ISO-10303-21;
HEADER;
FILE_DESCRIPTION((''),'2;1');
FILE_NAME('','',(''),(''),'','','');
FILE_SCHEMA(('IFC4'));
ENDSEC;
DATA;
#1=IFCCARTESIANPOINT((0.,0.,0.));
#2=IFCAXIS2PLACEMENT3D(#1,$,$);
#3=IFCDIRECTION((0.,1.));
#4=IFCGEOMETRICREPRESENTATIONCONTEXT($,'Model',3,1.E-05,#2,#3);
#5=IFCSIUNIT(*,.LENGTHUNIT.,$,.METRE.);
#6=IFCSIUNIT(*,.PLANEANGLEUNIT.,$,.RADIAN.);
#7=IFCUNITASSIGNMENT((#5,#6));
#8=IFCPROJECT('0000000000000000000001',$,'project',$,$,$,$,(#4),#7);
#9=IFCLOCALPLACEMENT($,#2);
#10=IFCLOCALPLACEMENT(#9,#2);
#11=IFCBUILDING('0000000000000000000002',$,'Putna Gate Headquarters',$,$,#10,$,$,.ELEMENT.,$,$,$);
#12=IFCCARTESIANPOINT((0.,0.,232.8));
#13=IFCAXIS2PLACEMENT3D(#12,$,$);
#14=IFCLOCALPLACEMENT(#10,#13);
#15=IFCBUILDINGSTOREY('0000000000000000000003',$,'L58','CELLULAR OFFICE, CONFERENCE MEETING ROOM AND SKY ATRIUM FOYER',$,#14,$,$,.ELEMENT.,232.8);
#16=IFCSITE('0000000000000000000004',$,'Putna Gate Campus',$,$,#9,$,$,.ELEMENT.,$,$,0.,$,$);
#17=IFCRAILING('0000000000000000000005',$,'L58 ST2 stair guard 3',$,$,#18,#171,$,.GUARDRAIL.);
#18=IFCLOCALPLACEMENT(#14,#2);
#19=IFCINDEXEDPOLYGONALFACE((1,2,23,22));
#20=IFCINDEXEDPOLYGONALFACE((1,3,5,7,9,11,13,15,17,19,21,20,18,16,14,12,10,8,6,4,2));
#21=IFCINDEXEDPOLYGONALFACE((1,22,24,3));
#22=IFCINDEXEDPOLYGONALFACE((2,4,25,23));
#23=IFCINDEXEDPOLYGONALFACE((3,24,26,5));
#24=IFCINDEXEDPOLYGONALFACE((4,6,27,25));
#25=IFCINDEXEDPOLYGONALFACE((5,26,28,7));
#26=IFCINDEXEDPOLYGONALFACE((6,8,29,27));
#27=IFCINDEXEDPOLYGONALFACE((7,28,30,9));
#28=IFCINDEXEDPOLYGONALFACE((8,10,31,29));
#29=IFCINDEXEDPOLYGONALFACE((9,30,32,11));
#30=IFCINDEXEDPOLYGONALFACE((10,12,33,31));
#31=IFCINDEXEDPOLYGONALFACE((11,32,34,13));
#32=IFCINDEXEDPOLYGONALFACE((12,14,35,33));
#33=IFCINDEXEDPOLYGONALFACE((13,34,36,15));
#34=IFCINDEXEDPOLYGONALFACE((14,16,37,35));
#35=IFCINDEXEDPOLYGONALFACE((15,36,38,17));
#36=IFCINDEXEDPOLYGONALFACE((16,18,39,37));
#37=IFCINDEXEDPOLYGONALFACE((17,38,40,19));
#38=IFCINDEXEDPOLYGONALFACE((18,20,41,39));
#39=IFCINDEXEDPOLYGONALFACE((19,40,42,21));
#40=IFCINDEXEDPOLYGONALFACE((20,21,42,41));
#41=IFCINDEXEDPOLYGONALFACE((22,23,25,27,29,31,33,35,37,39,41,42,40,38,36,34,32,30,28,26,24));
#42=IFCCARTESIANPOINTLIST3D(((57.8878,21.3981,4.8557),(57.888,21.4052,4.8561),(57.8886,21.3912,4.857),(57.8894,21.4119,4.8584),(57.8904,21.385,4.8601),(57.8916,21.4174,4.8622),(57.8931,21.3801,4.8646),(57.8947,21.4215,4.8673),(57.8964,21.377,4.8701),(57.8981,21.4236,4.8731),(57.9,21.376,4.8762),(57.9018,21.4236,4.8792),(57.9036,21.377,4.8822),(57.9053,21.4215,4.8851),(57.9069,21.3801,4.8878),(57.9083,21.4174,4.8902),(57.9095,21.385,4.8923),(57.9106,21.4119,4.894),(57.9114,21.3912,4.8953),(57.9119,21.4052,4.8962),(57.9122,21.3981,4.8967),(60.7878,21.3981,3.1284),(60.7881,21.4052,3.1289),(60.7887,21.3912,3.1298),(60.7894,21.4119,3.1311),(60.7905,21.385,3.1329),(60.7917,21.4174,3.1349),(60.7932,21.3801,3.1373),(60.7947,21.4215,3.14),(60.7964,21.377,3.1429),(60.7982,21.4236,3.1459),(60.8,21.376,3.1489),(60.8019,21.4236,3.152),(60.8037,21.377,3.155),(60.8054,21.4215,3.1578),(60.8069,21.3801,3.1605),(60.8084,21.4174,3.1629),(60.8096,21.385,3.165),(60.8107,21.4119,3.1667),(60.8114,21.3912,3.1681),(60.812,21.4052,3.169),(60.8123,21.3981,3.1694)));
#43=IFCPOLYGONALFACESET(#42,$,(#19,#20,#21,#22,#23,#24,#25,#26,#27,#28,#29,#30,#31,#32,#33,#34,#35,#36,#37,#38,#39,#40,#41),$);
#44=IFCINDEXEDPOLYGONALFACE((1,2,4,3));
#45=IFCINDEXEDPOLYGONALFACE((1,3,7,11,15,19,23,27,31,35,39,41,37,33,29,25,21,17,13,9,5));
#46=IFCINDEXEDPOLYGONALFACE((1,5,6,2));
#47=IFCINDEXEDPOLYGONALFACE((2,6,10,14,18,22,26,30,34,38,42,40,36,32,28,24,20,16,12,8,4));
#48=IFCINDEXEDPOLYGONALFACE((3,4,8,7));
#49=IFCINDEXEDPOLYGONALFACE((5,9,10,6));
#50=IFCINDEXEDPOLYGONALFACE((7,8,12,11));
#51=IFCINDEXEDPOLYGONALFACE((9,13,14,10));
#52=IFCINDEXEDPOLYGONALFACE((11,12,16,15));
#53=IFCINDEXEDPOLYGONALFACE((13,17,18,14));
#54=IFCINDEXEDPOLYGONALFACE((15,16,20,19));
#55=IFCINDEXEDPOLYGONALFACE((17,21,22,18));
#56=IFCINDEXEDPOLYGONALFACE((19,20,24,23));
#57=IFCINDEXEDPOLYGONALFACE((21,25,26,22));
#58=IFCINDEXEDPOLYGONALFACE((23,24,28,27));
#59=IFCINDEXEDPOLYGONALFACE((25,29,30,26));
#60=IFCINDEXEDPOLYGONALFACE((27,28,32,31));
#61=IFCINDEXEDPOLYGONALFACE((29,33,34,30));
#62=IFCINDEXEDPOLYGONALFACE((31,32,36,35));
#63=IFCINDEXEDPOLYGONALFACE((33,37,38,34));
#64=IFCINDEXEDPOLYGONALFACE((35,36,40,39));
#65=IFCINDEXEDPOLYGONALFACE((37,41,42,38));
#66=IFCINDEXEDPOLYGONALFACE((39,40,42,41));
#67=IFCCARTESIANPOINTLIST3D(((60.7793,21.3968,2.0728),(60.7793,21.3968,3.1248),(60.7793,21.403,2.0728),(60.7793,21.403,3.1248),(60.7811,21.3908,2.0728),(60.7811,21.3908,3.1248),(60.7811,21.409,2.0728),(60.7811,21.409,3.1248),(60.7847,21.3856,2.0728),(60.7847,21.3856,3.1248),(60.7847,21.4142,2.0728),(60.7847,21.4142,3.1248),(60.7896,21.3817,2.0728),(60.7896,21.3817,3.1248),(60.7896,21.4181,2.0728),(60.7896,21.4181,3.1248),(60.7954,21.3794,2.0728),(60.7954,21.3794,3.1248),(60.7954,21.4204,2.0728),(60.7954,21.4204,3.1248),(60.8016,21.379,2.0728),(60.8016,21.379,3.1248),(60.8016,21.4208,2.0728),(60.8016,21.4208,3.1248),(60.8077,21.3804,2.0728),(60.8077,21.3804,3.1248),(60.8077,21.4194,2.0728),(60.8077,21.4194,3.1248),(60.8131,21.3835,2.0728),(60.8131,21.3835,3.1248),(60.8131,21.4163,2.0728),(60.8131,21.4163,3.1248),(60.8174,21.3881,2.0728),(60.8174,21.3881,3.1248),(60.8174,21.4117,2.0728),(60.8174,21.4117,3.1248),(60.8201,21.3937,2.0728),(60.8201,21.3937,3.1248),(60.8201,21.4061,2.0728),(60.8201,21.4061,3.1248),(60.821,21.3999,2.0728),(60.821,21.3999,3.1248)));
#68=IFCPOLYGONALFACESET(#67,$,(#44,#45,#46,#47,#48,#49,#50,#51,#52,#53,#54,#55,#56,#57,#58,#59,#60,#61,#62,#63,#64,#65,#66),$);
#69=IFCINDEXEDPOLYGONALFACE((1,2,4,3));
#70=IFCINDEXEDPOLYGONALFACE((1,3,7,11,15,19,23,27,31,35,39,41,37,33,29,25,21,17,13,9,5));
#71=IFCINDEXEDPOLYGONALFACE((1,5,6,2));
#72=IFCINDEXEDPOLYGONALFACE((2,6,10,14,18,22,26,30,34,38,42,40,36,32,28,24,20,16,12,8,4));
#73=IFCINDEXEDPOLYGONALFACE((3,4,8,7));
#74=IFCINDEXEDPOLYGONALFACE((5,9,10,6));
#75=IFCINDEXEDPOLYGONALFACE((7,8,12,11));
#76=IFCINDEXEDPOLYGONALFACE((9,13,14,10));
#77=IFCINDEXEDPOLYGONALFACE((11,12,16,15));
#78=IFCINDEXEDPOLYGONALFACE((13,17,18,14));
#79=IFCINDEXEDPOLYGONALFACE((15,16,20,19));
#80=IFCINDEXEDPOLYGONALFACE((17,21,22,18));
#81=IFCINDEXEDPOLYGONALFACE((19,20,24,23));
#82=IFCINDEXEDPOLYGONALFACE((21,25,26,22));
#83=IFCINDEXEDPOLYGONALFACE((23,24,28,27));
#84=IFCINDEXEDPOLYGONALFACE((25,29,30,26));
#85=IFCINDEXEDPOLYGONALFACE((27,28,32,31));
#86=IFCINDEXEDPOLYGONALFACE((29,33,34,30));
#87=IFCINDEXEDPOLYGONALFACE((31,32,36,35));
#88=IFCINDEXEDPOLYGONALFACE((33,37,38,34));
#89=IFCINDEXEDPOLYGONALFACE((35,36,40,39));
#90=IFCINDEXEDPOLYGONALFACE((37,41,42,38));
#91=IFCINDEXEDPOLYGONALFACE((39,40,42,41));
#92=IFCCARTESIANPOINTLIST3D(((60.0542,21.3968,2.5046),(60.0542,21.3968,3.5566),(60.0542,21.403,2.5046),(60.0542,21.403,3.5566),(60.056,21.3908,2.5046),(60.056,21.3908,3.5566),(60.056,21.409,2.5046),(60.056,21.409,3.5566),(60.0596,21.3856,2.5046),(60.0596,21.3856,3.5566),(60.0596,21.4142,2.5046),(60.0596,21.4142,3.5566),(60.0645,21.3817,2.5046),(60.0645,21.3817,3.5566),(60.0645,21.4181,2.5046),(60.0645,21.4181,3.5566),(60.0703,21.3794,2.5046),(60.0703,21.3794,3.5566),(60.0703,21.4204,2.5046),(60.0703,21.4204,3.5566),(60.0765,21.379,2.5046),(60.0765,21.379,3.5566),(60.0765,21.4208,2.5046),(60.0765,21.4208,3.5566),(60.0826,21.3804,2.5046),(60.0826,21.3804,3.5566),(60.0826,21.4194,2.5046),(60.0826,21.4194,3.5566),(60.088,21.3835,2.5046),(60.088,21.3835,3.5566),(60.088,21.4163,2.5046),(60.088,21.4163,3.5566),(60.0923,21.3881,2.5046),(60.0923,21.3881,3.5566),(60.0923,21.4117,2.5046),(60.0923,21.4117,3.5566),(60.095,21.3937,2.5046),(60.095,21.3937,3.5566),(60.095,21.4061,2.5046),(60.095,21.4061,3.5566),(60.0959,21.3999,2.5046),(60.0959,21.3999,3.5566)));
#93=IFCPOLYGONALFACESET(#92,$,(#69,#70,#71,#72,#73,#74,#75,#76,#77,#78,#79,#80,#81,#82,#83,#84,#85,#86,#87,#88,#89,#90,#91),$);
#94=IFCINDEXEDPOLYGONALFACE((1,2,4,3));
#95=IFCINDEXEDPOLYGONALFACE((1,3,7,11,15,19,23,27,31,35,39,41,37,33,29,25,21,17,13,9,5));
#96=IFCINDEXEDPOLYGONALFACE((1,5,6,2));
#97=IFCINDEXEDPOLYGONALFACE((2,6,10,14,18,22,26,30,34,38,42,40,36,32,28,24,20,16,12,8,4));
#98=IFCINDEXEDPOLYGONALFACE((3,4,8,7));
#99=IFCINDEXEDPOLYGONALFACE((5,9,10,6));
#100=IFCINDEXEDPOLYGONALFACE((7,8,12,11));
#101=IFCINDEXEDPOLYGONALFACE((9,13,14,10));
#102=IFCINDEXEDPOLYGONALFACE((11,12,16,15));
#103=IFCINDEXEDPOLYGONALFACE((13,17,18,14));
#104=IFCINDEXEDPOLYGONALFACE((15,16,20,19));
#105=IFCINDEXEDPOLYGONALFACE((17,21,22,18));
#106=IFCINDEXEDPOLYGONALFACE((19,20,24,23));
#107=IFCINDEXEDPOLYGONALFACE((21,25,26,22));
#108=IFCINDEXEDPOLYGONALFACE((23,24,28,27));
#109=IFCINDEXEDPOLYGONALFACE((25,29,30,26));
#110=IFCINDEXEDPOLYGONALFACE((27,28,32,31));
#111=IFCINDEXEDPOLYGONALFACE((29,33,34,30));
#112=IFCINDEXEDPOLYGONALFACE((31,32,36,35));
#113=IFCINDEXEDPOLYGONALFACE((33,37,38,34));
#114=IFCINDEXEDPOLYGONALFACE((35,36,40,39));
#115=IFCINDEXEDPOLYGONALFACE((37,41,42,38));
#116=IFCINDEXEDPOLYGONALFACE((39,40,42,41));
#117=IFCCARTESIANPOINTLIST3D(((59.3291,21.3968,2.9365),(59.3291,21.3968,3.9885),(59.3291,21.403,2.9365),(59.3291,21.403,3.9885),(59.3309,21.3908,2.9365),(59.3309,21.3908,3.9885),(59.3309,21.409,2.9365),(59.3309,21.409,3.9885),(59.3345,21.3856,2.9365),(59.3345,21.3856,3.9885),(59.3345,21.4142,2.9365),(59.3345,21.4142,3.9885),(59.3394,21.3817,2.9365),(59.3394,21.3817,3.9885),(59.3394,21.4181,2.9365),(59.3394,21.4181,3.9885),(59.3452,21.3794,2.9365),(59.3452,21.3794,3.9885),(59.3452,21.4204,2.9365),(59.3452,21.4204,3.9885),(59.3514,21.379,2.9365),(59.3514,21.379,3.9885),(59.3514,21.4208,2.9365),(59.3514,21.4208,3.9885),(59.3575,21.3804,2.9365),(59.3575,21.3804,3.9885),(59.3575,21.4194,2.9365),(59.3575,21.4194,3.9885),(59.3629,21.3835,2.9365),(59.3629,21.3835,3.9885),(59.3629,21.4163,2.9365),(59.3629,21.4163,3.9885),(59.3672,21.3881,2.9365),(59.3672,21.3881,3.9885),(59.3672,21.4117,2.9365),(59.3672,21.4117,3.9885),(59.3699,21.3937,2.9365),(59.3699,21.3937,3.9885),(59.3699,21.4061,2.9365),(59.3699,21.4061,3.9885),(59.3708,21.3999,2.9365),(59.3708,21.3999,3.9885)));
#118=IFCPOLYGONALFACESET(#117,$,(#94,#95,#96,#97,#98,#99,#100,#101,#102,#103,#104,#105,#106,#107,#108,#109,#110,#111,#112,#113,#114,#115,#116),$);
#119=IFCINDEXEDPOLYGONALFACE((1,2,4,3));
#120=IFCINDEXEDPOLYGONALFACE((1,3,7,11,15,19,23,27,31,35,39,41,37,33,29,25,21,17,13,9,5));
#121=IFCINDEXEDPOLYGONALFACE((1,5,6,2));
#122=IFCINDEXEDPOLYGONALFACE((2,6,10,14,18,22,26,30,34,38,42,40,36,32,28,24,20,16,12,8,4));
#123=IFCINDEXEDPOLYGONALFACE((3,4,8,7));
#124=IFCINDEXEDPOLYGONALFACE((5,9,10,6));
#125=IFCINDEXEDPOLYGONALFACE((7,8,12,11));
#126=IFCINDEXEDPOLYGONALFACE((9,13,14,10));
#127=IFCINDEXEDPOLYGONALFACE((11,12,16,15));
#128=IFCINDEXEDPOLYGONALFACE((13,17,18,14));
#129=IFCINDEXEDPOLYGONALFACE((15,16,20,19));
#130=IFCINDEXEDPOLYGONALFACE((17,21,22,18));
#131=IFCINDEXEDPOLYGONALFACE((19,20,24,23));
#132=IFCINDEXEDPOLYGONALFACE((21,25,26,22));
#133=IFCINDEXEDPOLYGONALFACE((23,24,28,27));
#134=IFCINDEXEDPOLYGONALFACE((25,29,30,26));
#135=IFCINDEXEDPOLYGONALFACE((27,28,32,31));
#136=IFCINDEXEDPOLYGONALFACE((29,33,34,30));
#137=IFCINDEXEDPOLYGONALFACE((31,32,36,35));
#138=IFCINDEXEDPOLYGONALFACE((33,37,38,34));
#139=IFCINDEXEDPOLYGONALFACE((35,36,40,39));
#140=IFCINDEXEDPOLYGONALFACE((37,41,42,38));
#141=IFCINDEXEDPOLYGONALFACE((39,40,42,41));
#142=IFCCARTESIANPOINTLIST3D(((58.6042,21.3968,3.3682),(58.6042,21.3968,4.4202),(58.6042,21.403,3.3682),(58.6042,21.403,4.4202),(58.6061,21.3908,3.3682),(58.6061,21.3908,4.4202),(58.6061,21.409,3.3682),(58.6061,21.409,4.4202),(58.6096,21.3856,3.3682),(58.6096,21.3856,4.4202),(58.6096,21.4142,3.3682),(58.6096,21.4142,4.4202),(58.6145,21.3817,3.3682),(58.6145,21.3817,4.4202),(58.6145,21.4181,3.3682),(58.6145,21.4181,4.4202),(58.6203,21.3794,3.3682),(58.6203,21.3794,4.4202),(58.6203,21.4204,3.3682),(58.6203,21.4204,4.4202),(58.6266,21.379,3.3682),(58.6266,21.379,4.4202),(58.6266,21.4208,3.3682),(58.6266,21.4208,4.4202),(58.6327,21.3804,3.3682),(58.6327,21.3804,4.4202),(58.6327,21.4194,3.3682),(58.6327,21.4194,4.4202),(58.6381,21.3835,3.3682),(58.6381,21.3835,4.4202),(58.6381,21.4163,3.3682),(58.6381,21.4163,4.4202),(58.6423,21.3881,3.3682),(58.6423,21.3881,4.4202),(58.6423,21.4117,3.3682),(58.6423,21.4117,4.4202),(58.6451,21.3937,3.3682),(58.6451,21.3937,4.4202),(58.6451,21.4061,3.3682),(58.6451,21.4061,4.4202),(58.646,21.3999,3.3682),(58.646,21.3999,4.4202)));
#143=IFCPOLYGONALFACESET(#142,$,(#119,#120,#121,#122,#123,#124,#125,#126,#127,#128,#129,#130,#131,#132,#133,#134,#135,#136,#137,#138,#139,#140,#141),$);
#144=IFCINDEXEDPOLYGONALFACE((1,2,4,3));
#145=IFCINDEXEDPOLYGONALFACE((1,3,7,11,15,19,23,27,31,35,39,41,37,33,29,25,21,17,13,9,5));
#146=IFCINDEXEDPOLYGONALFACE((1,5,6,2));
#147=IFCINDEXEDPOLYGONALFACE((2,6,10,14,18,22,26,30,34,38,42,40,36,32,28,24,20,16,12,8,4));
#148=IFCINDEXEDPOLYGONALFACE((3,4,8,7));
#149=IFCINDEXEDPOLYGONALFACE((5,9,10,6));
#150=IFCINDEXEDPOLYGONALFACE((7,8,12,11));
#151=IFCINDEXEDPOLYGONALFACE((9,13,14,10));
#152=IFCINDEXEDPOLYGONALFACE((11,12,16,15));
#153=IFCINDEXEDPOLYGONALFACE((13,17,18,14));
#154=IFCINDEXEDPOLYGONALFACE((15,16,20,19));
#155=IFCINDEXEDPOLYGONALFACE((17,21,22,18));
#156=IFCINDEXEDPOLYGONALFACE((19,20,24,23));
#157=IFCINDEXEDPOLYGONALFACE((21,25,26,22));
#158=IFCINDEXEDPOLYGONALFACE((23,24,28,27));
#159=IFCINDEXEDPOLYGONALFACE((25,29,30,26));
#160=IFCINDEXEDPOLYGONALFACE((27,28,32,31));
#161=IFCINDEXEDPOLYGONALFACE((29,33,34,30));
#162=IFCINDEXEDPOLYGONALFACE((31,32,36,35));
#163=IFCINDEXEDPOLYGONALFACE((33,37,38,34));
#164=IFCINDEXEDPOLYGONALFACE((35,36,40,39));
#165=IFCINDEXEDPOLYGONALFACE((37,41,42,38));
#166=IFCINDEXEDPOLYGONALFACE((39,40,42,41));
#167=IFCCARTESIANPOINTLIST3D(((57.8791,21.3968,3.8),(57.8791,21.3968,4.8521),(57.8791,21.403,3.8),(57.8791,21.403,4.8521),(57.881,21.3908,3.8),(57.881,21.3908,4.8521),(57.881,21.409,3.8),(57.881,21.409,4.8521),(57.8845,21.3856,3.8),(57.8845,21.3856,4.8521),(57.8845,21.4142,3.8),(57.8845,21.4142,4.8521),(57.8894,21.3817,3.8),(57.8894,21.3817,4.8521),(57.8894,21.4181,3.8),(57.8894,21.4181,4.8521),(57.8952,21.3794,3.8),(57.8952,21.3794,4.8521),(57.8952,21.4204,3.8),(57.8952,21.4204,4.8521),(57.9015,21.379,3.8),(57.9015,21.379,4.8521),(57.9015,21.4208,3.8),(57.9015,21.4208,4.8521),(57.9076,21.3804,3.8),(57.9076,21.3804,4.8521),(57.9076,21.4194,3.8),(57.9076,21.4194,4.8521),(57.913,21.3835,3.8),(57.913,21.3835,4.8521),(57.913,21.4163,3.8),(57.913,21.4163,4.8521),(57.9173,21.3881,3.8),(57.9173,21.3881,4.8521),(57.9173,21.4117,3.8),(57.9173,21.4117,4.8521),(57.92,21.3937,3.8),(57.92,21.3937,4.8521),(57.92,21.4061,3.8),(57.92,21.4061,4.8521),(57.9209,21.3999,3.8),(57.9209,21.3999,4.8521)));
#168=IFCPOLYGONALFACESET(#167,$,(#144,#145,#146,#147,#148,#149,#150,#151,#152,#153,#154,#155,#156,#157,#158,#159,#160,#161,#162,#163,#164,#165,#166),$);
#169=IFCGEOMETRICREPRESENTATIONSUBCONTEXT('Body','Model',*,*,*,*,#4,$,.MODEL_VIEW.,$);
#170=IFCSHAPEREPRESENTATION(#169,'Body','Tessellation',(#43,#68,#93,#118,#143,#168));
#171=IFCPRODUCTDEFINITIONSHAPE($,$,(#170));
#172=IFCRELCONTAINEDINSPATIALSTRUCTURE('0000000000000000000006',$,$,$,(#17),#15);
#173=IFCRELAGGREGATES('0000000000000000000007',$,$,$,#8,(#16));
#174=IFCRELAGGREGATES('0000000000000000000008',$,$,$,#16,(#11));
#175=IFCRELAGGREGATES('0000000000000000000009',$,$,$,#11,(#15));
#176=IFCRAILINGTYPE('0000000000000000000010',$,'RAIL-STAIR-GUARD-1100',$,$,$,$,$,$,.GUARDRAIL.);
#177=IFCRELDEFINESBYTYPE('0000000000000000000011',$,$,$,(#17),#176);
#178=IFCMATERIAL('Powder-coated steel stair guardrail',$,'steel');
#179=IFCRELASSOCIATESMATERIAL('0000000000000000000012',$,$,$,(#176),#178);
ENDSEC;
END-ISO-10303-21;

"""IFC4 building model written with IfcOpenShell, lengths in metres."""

from ifc_helpers import new_model, si_unit, direction, frame, origin, origin_2d, place, context, subcontext, project, spatial, circle, extrude, material, type_object, element, save


model = new_model("IFC4")

# Units and contexts
model_context = context("Model", 3, precision=1e-05, world=origin(), true_north=direction((0.0, 1.0)))
body_context = subcontext(model_context, "Body", "Model", "MODEL_VIEW")
ifc_project = project(units=[si_unit("LENGTHUNIT", "METRE"), si_unit("PLANEANGLEUNIT", "RADIAN")], contexts=[model_context])

# Site, building, storey
site_placement = place(None, origin())
site = spatial("IfcSite", under=ifc_project, at=site_placement, Name="Putna Gate Campus", CompositionType="ELEMENT", RefElevation=0.0)
building_placement = place(site_placement, origin())
building = spatial("IfcBuilding", under=site, at=building_placement, Name="Putna Gate Headquarters", CompositionType="ELEMENT")
storey_placement = place(building_placement, frame((0.0, 0.0, 232.8)))
storey = spatial("IfcBuildingStorey", under=building, at=storey_placement, Name="L58", Description="CELLULAR OFFICE, CONFERENCE MEETING ROOM AND SKY ATRIUM FOYER", CompositionType="ELEMENT", Elevation=232.8)

# Railing
ifc_material_1 = material(Name="Powder-coated steel stair guardrail", Category="steel")
railing_type_1 = type_object("IfcRailingType", Name="RAIL-STAIR-GUARD-1100", PredefinedType="GUARDRAIL", material=ifc_material_1)
railing_1_placement = place(storey_placement, frame((60.8, 21.3999, 2.0728)))
element("IfcRailing", 1, at=railing_1_placement, inside=storey, type_object=railing_type_1, Name="L58 ST2 stair guard 3", PredefinedType="GUARDRAIL", context=body_context, shape_type="SweptSolid", body=[
    extrude(circle(Radius=0.0239, at=origin_2d()), frame((0.0, 0.0, 1.0762), z_axis=(-0.85916, 0.0, 0.511706), x_axis=(0.0, -1.0, 0.0)), (0.0, 0.0, 1.0), 3.3755),
    extrude(circle(Radius=0.021, at=origin_2d()), origin(), (0.0, 0.0, 1.0), 1.052),
    extrude(circle(Radius=0.021, at=origin_2d()), frame((-0.7251, 0.0, 0.4319)), (0.0, 0.0, 1.0), 1.052),
    extrude(circle(Radius=0.021, at=origin_2d()), frame((-1.4502, 0.0, 0.8638)), (0.0, 0.0, 1.0), 1.052),
    extrude(circle(Radius=0.021, at=origin_2d()), frame((-2.175, 0.0, 1.2954)), (0.0, 0.0, 1.0), 1.052),
    extrude(circle(Radius=0.021, at=origin_2d()), frame((-2.9001, 0.0, 1.7273)), (0.0, 0.0, 1.0), 1.052),
])

save(model, "model.ifc")
